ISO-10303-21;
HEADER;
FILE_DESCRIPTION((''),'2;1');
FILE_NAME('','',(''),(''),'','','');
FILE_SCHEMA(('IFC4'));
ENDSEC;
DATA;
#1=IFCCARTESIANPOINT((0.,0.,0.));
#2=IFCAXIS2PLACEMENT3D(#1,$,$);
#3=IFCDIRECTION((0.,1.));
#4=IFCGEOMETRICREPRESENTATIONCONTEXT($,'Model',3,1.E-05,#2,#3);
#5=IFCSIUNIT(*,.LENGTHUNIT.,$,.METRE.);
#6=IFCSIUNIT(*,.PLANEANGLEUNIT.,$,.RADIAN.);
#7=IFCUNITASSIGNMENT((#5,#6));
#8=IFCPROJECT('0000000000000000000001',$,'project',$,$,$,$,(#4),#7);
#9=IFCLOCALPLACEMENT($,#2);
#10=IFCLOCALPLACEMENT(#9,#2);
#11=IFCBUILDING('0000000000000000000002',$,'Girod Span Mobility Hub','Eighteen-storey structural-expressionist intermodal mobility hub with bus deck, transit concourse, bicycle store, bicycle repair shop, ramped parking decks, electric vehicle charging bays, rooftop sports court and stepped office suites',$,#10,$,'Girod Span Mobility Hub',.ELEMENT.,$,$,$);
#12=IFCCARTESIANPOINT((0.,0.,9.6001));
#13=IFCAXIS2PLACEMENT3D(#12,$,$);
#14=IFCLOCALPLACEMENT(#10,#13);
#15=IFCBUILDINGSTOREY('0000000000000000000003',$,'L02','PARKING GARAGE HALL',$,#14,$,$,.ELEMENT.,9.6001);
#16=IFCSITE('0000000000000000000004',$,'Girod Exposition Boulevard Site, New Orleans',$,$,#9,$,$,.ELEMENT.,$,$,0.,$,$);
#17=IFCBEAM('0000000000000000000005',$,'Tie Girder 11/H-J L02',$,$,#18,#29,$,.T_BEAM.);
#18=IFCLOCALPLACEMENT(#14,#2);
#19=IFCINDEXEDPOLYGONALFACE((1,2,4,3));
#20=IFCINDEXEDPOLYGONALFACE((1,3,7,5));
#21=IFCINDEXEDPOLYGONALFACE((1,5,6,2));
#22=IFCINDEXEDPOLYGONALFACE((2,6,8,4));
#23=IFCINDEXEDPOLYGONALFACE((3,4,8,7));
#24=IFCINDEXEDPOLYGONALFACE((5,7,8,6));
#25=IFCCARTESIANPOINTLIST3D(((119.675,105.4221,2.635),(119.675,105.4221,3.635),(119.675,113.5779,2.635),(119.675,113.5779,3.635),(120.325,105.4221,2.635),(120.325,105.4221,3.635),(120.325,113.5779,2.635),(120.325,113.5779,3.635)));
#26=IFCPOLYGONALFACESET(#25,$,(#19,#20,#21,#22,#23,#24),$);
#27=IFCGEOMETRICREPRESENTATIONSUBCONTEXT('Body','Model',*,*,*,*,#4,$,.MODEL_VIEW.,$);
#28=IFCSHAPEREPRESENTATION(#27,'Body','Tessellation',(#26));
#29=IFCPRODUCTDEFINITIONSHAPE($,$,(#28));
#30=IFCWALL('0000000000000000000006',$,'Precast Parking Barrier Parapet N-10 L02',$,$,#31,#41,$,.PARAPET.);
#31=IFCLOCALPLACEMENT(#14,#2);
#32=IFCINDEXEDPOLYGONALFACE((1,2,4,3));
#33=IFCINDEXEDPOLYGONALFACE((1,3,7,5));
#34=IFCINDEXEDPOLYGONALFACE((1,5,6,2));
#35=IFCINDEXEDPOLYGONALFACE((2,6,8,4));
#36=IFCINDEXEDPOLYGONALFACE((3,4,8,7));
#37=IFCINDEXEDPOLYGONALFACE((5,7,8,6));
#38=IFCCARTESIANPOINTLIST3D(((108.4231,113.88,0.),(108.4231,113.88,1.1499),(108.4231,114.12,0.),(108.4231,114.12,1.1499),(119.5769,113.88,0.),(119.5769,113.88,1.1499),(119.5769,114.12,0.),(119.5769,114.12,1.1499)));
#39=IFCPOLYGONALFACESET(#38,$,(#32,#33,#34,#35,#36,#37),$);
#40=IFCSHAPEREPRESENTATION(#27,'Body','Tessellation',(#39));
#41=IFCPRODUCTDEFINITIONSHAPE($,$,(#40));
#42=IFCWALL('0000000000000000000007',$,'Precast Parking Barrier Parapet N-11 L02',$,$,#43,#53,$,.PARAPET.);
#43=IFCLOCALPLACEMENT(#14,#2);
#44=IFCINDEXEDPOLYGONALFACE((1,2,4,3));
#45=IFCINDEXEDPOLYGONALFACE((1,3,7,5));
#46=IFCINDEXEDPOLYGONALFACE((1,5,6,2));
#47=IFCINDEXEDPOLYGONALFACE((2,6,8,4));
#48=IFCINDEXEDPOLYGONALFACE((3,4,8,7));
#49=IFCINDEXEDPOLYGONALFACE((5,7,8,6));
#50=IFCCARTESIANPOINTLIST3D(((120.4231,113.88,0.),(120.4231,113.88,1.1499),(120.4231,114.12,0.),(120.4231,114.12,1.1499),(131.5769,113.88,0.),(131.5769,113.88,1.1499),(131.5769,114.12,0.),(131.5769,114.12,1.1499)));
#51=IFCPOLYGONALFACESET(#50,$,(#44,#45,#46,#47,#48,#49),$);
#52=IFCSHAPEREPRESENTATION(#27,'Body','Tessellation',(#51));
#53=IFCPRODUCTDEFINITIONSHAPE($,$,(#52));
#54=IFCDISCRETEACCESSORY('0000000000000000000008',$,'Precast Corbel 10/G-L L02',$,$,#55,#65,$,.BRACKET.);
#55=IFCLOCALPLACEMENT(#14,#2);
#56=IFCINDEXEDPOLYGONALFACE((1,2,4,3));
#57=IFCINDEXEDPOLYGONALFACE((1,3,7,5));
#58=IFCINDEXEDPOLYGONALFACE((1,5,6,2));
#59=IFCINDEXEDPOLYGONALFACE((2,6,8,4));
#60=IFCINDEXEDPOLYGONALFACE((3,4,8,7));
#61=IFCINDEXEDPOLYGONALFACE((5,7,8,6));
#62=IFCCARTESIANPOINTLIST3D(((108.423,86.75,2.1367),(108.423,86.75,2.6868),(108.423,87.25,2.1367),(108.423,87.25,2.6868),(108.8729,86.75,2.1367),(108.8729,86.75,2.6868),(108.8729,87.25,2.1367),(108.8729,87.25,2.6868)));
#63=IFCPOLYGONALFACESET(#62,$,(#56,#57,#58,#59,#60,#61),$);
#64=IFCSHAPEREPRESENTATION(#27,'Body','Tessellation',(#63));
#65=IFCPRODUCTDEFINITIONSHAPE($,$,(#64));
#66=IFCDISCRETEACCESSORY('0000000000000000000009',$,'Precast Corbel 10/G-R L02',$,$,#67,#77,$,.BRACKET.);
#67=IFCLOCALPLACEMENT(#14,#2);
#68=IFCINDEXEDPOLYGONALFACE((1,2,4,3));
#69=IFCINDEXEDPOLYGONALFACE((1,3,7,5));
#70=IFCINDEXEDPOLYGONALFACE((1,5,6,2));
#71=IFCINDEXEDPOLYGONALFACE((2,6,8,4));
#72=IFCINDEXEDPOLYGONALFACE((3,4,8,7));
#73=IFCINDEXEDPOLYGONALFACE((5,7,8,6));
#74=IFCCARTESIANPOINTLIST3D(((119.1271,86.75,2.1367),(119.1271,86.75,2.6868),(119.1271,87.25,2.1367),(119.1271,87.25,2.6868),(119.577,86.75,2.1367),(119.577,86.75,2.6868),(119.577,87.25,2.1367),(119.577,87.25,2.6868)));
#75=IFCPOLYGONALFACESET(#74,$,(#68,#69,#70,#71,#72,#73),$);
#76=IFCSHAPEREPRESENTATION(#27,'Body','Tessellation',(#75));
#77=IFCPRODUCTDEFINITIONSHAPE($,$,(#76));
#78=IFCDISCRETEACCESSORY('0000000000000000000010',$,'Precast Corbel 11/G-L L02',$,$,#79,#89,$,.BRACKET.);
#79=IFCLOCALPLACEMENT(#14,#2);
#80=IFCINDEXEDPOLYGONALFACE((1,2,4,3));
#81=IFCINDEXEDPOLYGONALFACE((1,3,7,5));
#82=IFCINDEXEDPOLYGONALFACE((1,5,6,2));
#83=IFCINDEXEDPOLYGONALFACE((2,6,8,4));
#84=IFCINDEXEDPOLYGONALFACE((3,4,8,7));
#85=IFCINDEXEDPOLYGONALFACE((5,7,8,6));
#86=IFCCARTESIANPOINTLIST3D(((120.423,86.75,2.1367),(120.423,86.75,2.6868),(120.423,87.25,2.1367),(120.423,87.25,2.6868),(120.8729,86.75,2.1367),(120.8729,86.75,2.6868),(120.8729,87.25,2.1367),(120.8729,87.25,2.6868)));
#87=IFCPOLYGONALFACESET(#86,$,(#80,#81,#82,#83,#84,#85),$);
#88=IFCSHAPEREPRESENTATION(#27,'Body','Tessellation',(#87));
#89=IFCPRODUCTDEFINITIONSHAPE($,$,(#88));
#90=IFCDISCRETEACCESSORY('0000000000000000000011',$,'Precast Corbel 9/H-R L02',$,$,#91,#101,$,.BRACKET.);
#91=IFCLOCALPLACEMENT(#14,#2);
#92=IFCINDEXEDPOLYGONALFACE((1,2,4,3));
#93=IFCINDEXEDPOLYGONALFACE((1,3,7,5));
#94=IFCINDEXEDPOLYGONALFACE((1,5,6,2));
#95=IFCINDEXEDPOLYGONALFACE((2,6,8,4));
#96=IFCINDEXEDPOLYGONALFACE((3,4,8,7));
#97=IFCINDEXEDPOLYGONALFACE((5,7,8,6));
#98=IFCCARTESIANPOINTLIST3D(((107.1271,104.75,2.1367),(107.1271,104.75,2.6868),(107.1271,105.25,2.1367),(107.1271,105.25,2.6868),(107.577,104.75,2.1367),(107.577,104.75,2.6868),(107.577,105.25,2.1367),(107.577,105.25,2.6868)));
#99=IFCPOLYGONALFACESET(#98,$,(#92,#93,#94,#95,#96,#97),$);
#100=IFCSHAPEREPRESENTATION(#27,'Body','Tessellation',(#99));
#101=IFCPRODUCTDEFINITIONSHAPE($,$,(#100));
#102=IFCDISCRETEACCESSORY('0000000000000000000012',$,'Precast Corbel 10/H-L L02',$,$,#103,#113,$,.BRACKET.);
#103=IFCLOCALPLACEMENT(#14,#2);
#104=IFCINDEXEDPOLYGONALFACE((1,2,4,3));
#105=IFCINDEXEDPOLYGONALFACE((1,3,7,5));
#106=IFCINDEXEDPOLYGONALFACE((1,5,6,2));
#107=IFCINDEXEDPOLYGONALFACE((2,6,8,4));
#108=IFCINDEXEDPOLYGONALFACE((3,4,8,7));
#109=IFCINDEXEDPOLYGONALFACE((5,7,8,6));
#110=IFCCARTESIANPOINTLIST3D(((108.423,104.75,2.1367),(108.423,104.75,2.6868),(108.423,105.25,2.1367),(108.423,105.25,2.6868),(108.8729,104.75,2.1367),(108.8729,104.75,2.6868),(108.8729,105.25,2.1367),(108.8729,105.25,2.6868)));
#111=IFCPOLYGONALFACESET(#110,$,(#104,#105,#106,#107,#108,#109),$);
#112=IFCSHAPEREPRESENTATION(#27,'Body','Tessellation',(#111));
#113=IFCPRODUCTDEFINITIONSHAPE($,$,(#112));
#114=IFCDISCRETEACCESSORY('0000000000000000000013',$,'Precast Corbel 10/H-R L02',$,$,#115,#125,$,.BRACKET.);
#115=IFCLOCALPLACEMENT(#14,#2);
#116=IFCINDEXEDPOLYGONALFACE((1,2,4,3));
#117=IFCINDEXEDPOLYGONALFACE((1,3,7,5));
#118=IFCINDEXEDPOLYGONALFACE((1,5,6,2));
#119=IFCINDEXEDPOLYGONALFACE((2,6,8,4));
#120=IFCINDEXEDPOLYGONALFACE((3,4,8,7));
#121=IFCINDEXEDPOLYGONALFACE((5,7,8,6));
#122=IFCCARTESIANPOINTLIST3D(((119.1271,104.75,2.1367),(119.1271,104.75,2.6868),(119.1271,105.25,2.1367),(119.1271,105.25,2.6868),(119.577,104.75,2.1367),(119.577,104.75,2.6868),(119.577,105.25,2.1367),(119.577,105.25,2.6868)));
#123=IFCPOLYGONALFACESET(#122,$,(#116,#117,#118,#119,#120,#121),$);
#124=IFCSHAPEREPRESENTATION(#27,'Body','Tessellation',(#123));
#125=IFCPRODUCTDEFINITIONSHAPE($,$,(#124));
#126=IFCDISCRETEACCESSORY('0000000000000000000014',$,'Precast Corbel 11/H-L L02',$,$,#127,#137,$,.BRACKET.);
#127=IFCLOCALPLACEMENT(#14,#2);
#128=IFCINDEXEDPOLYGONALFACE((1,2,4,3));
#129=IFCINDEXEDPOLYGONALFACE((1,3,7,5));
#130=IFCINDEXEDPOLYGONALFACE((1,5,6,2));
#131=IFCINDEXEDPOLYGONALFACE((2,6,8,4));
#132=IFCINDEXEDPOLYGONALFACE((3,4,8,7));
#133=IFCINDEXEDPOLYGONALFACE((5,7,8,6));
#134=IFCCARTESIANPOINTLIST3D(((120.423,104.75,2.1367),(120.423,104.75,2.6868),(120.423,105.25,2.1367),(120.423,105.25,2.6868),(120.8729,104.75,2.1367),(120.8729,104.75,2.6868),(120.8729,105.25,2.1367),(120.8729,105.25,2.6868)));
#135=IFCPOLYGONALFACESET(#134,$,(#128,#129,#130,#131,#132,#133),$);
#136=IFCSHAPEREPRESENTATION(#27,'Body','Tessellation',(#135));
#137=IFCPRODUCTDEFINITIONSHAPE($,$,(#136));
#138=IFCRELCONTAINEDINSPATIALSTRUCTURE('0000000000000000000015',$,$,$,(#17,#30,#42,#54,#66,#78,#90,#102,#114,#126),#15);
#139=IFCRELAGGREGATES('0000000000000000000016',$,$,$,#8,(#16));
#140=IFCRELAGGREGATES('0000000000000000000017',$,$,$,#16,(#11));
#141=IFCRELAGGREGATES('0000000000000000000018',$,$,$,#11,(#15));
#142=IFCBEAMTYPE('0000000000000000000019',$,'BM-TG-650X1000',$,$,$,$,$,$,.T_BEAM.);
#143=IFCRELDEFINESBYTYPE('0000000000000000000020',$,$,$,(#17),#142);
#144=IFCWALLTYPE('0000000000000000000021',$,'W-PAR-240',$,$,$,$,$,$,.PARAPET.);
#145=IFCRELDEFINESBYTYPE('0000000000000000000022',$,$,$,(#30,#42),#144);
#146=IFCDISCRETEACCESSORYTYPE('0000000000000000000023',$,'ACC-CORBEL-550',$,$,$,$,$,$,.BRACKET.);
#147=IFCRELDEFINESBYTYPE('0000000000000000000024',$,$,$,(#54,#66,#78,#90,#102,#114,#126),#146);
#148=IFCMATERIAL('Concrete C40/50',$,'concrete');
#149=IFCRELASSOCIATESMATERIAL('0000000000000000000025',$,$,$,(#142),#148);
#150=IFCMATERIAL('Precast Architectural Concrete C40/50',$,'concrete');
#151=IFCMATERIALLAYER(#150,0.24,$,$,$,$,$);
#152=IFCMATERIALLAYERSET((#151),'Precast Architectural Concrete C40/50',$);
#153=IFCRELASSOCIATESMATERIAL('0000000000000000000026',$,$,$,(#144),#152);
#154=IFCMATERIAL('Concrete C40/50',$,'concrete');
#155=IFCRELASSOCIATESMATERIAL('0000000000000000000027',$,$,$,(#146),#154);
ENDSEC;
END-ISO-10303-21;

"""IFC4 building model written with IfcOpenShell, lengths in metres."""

from ifc_helpers import new_model, si_unit, direction, frame, frame_2d, origin, origin_2d, place, context, subcontext, project, spatial, rectangle, extrude, material, layer, layer_set, material_profile, profile_set, type_object, element, save


model = new_model("IFC4")

# Units and contexts
model_context = context("Model", 3, precision=1e-05, world=origin(), true_north=direction((0.0, 1.0)))
body_context = subcontext(model_context, "Body", "Model", "MODEL_VIEW")
ifc_project = project(units=[si_unit("LENGTHUNIT", "METRE"), si_unit("PLANEANGLEUNIT", "RADIAN")], contexts=[model_context])

# Site, building, storey
site_placement = place(None, origin())
site = spatial("IfcSite", under=ifc_project, at=site_placement, Name="Girod Exposition Boulevard Site, New Orleans", CompositionType="ELEMENT", RefElevation=0.0)
building_placement = place(site_placement, origin())
building = spatial("IfcBuilding", under=site, at=building_placement, Name="Girod Span Mobility Hub", Description="Eighteen-storey structural-expressionist intermodal mobility hub with bus deck, transit concourse, bicycle store, bicycle repair shop, ramped parking decks, electric vehicle charging bays, rooftop sports court and stepped office suites", LongName="Girod Span Mobility Hub", CompositionType="ELEMENT")
storey_placement = place(building_placement, frame((0.0, 0.0, 9.6001)))
storey = spatial("IfcBuildingStorey", under=building, at=storey_placement, Name="L02", Description="PARKING GARAGE HALL", CompositionType="ELEMENT", Elevation=9.6001)

# Beam
ifc_material_1 = material(Name="Concrete C40/50", Category="concrete")
ifc_material_profile_1 = material_profile(ifc_material_1, rectangle(XDim=0.6499, YDim=1.0, at=origin_2d()), Name="TG-650X1000")
ifc_profile_set_1 = profile_set([ifc_material_profile_1], Name="Concrete C40/50")
beam_type_1 = type_object("IfcBeamType", Name="BM-TG-650X1000", PredefinedType="T_BEAM", material=ifc_profile_set_1)
beam_1_placement = place(storey_placement, frame((120.0, 105.4221, 3.135), z_axis=(0.0, 1.0, 0.0), x_axis=(-1.0, 0.0, 0.0)))
element("IfcBeam", 1, at=beam_1_placement, inside=storey, type_object=beam_type_1, Name="Tie Girder 11/H-J L02", PredefinedType="T_BEAM", context=body_context, shape_type="SweptSolid", body=[
    extrude(rectangle(XDim=0.6499, YDim=1.0, at=origin_2d()), origin(), (0.0, 0.0, 1.0), 8.1558),
])

# Walls
ifc_material_2 = material(Name="Precast Architectural Concrete C40/50", Category="concrete")
ifc_layer = layer(ifc_material_2, 0.24)
ifc_layer_set = layer_set([ifc_layer], Name="Precast Architectural Concrete C40/50")
wall_type = type_object("IfcWallType", Name="W-PAR-240", PredefinedType="PARAPET", material=ifc_layer_set)
for number, where, z_axis, x_axis, name in (
    (2, (108.4231, 114.0, 0.0), (0.0, 0.0, 1.0), (1.0, 0.0, 0.0), "Precast Parking Barrier Parapet N-10 L02"),
    (3, (120.4231, 114.0, 0.0), (0.0, 0.0, 1.0), (1.0, 0.0, 0.0), "Precast Parking Barrier Parapet N-11 L02"),
):
    element("IfcWall", number, at=place(storey_placement, frame(where, z_axis=z_axis, x_axis=x_axis)), inside=storey, type_object=wall_type, Name=name, PredefinedType="PARAPET", context=body_context, shape_type="SweptSolid", body=[
        extrude(rectangle(XDim=11.1538, YDim=0.24, at=frame_2d((5.5769, 0.0))), origin(), (0.0, 0.0, 1.0), 1.1499),
    ])

# Discrete accessories
ifc_material_3 = material(Name="Concrete C40/50", Category="concrete")
discrete_accessory_type = type_object("IfcDiscreteAccessoryType", Name="ACC-CORBEL-550", PredefinedType="BRACKET", material=ifc_material_3)
for number, where, z_axis, x_axis, name in (
    (4, (108.6479, 87.0, 2.1367), (0.0, 0.0, 1.0), (1.0, 0.0, 0.0), "Precast Corbel 10/G-L L02"),
    (5, (119.3521, 87.0, 2.1367), (0.0, 0.0, 1.0), (1.0, 0.0, 0.0), "Precast Corbel 10/G-R L02"),
    (6, (120.6479, 87.0, 2.1367), (0.0, 0.0, 1.0), (1.0, 0.0, 0.0), "Precast Corbel 11/G-L L02"),
    (7, (107.3521, 105.0, 2.1367), (0.0, 0.0, 1.0), (1.0, 0.0, 0.0), "Precast Corbel 9/H-R L02"),
    (8, (108.6479, 105.0, 2.1367), (0.0, 0.0, 1.0), (1.0, 0.0, 0.0), "Precast Corbel 10/H-L L02"),
    (9, (119.3521, 105.0, 2.1367), (0.0, 0.0, 1.0), (1.0, 0.0, 0.0), "Precast Corbel 10/H-R L02"),
    (10, (120.6479, 105.0, 2.1367), (0.0, 0.0, 1.0), (1.0, 0.0, 0.0), "Precast Corbel 11/H-L L02"),
):
    element("IfcDiscreteAccessory", number, at=place(storey_placement, frame(where, z_axis=z_axis, x_axis=x_axis)), inside=storey, type_object=discrete_accessory_type, Name=name, PredefinedType="BRACKET", context=body_context, shape_type="SweptSolid", body=[
        extrude(rectangle(XDim=0.45, YDim=0.5, at=origin_2d()), origin(), (0.0, 0.0, 1.0), 0.55),
    ])

save(model, "model.ifc")
